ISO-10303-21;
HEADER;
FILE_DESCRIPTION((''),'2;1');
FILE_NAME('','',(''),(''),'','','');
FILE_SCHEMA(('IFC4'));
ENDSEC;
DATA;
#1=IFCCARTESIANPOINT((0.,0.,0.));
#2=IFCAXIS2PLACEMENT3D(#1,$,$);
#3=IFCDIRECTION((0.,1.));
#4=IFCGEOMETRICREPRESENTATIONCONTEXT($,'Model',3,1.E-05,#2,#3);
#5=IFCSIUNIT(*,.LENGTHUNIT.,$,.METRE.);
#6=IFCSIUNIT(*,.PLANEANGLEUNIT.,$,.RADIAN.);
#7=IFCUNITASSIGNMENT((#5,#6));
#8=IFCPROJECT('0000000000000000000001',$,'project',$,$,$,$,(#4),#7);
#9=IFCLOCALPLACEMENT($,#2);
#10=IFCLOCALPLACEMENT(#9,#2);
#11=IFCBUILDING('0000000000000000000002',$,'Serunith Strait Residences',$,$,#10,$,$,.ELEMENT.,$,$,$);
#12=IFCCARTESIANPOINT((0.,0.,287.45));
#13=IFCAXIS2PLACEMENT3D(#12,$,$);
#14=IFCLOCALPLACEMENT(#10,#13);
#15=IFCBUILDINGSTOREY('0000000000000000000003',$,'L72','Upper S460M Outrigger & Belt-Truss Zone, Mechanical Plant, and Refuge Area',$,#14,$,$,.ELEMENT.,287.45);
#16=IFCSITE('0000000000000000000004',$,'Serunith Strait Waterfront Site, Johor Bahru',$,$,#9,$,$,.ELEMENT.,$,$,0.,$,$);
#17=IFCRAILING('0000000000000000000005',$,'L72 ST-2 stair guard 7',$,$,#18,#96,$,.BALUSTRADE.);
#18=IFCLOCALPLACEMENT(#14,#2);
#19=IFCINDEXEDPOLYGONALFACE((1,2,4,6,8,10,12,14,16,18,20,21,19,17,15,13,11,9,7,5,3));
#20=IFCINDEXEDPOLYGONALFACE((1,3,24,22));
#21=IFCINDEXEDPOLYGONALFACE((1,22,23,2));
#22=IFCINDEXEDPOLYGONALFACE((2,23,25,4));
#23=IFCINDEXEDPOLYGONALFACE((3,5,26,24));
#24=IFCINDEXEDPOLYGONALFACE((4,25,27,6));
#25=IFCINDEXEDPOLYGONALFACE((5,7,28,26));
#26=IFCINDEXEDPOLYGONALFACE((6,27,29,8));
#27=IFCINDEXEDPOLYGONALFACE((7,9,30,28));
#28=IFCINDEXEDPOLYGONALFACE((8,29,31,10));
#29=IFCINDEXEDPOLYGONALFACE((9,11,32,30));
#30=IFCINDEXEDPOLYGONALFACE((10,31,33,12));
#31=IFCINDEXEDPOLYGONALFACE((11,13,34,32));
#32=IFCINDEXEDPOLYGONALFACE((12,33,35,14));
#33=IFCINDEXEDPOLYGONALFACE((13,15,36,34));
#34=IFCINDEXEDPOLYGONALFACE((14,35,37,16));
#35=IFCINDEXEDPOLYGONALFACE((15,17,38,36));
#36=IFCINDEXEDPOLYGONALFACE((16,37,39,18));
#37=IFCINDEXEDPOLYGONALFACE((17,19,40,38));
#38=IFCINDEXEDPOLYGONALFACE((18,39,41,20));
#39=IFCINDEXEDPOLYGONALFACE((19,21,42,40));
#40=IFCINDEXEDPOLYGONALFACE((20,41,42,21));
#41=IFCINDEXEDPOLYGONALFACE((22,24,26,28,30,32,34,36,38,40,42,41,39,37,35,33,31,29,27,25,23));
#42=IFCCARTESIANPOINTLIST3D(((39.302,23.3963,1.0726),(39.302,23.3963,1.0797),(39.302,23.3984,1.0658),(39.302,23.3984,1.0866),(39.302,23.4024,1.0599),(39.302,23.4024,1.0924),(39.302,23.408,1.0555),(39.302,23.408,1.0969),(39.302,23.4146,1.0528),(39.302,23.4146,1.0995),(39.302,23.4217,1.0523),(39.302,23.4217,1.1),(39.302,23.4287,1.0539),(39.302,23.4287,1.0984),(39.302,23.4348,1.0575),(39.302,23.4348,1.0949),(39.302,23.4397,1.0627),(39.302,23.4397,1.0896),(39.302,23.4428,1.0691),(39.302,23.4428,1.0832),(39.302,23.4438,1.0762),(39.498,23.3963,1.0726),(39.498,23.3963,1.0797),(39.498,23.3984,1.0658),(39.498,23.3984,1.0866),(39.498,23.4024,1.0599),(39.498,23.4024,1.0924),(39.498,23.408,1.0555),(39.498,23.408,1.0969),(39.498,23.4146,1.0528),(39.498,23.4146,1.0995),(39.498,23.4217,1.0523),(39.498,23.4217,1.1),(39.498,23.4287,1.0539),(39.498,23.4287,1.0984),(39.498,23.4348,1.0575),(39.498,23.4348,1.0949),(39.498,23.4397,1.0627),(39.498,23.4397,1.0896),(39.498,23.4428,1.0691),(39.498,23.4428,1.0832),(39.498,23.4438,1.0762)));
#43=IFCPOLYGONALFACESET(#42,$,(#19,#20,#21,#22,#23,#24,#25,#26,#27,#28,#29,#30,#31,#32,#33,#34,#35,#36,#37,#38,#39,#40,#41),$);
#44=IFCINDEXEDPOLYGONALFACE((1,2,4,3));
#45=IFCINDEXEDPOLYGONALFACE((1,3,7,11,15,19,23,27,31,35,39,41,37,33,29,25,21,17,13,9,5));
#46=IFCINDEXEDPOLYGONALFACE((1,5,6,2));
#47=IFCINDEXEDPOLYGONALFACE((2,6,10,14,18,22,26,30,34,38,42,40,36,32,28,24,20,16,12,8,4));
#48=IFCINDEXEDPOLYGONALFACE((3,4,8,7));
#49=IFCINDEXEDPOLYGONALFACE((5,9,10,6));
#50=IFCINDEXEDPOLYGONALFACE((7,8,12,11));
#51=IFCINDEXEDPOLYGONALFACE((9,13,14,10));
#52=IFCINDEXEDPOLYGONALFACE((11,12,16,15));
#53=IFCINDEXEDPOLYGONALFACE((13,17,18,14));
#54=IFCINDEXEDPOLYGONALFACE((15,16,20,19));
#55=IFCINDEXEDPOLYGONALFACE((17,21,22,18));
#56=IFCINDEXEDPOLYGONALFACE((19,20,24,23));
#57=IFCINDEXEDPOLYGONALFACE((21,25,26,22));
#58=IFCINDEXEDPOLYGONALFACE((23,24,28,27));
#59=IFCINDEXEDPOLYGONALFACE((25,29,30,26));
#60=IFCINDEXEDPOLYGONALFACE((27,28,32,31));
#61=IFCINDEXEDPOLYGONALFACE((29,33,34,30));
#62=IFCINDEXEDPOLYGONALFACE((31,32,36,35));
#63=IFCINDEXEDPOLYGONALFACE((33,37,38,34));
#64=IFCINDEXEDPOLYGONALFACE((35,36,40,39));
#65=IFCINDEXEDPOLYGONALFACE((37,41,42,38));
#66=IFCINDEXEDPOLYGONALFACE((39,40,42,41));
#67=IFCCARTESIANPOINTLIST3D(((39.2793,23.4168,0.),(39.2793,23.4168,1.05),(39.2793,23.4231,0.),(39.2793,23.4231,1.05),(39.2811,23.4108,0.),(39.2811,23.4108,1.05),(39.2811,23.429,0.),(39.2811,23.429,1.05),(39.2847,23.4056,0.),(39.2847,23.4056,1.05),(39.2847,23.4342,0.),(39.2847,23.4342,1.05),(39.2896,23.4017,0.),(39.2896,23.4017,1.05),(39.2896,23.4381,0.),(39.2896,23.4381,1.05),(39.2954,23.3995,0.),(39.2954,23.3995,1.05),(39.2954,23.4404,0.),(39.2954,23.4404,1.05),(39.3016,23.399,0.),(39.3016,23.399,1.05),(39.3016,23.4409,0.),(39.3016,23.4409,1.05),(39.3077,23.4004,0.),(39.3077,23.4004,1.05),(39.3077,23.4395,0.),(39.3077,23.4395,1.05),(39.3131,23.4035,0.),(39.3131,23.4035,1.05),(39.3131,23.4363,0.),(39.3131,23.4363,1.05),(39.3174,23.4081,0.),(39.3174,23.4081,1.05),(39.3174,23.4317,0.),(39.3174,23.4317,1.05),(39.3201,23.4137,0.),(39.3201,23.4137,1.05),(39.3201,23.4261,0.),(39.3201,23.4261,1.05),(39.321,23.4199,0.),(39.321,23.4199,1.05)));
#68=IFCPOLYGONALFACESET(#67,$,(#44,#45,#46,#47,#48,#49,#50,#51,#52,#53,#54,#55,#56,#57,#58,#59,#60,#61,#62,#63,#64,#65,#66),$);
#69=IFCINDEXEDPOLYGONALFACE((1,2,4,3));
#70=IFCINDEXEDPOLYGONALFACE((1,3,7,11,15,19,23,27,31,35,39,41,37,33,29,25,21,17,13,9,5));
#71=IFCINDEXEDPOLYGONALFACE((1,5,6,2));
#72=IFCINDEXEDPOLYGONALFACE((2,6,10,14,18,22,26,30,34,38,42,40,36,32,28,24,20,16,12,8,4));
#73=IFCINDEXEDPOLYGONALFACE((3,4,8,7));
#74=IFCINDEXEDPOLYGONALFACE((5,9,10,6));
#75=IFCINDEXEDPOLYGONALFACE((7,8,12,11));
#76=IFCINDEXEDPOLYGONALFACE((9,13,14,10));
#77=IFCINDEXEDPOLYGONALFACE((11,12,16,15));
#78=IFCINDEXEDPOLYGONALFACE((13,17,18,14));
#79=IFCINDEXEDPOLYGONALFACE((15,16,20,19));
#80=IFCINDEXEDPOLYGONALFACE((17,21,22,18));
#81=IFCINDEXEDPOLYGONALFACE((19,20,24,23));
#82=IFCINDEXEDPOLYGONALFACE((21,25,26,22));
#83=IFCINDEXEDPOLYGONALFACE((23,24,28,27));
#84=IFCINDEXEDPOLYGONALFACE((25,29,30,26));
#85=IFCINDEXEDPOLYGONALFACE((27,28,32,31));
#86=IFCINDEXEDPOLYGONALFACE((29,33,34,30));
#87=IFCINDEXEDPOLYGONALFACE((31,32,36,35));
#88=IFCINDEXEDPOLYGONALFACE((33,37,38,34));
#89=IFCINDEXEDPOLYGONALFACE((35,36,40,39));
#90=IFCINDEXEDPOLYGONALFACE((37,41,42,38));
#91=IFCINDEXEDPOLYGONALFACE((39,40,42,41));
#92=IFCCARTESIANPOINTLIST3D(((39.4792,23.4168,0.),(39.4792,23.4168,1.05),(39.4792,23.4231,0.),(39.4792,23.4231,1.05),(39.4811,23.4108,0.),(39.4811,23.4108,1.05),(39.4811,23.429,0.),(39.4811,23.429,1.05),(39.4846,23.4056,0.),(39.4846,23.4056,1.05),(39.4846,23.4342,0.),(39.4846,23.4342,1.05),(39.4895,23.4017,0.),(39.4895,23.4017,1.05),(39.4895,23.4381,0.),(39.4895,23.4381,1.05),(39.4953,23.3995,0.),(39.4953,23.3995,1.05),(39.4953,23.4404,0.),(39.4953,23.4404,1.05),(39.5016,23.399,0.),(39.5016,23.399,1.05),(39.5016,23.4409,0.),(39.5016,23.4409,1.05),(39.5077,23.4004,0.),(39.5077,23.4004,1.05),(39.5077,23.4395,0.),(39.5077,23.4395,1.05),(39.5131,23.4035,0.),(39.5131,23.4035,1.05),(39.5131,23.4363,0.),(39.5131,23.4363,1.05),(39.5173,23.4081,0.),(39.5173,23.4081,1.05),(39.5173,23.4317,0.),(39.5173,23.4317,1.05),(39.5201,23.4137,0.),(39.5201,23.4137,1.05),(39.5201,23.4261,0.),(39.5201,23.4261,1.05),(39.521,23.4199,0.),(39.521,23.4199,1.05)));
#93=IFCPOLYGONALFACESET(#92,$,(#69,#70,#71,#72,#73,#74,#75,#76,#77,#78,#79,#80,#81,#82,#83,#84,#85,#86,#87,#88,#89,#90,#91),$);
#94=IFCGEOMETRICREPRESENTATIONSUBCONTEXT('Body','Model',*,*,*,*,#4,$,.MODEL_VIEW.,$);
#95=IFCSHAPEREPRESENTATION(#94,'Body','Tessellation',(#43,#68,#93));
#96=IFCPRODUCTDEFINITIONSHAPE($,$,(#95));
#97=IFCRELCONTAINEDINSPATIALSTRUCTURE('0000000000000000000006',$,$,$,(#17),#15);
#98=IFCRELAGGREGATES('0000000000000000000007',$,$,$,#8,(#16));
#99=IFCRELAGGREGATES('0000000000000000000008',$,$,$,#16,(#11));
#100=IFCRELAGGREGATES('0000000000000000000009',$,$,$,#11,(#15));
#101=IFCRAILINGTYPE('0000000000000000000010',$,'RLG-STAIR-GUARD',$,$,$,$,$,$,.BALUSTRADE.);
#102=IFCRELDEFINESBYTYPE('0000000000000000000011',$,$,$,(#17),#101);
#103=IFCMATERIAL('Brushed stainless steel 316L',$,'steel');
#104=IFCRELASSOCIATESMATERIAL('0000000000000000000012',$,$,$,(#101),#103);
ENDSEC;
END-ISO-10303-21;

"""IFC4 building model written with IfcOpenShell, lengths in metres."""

from ifc_helpers import new_model, si_unit, direction, frame, origin, origin_2d, place, context, subcontext, project, spatial, circle, extrude, material, type_object, element, save


model = new_model("IFC4")

# Units and contexts
model_context = context("Model", 3, precision=1e-05, world=origin(), true_north=direction((0.0, 1.0)))
body_context = subcontext(model_context, "Body", "Model", "MODEL_VIEW")
ifc_project = project(units=[si_unit("LENGTHUNIT", "METRE"), si_unit("PLANEANGLEUNIT", "RADIAN")], contexts=[model_context])

# Site, building, storey
site_placement = place(None, origin())
site = spatial("IfcSite", under=ifc_project, at=site_placement, Name="Serunith Strait Waterfront Site, Johor Bahru", CompositionType="ELEMENT", RefElevation=0.0)
building_placement = place(site_placement, origin())
building = spatial("IfcBuilding", under=site, at=building_placement, Name="Serunith Strait Residences", CompositionType="ELEMENT")
storey_placement = place(building_placement, frame((0.0, 0.0, 287.45)))
storey = spatial("IfcBuildingStorey", under=building, at=storey_placement, Name="L72", Description="Upper S460M Outrigger & Belt-Truss Zone, Mechanical Plant, and Refuge Area", CompositionType="ELEMENT", Elevation=287.45)

# Railing
ifc_material_1 = material(Name="Brushed stainless steel 316L", Category="steel")
railing_type_1 = type_object("IfcRailingType", Name="RLG-STAIR-GUARD", PredefinedType="BALUSTRADE", material=ifc_material_1)
railing_1_placement = place(storey_placement, frame((39.3, 23.4199, 0.0)))
element("IfcRailing", 1, at=railing_1_placement, inside=storey, type_object=railing_type_1, Name="L72 ST-2 stair guard 7", PredefinedType="BALUSTRADE", context=body_context, shape_type="SweptSolid", body=[
    extrude(circle(Radius=0.0239, at=origin_2d()), frame((0.002, 0.0, 1.0762), z_axis=(1.0, 0.0, 0.0), x_axis=(0.0, 1.0, 0.0)), (0.0, 0.0, 1.0), 0.196),
    extrude(circle(Radius=0.021, at=origin_2d()), origin(), (0.0, 0.0, 1.0), 1.05),
    extrude(circle(Radius=0.021, at=origin_2d()), frame((0.2, 0.0, 0.0)), (0.0, 0.0, 1.0), 1.05),
])

save(model, "model.ifc")
